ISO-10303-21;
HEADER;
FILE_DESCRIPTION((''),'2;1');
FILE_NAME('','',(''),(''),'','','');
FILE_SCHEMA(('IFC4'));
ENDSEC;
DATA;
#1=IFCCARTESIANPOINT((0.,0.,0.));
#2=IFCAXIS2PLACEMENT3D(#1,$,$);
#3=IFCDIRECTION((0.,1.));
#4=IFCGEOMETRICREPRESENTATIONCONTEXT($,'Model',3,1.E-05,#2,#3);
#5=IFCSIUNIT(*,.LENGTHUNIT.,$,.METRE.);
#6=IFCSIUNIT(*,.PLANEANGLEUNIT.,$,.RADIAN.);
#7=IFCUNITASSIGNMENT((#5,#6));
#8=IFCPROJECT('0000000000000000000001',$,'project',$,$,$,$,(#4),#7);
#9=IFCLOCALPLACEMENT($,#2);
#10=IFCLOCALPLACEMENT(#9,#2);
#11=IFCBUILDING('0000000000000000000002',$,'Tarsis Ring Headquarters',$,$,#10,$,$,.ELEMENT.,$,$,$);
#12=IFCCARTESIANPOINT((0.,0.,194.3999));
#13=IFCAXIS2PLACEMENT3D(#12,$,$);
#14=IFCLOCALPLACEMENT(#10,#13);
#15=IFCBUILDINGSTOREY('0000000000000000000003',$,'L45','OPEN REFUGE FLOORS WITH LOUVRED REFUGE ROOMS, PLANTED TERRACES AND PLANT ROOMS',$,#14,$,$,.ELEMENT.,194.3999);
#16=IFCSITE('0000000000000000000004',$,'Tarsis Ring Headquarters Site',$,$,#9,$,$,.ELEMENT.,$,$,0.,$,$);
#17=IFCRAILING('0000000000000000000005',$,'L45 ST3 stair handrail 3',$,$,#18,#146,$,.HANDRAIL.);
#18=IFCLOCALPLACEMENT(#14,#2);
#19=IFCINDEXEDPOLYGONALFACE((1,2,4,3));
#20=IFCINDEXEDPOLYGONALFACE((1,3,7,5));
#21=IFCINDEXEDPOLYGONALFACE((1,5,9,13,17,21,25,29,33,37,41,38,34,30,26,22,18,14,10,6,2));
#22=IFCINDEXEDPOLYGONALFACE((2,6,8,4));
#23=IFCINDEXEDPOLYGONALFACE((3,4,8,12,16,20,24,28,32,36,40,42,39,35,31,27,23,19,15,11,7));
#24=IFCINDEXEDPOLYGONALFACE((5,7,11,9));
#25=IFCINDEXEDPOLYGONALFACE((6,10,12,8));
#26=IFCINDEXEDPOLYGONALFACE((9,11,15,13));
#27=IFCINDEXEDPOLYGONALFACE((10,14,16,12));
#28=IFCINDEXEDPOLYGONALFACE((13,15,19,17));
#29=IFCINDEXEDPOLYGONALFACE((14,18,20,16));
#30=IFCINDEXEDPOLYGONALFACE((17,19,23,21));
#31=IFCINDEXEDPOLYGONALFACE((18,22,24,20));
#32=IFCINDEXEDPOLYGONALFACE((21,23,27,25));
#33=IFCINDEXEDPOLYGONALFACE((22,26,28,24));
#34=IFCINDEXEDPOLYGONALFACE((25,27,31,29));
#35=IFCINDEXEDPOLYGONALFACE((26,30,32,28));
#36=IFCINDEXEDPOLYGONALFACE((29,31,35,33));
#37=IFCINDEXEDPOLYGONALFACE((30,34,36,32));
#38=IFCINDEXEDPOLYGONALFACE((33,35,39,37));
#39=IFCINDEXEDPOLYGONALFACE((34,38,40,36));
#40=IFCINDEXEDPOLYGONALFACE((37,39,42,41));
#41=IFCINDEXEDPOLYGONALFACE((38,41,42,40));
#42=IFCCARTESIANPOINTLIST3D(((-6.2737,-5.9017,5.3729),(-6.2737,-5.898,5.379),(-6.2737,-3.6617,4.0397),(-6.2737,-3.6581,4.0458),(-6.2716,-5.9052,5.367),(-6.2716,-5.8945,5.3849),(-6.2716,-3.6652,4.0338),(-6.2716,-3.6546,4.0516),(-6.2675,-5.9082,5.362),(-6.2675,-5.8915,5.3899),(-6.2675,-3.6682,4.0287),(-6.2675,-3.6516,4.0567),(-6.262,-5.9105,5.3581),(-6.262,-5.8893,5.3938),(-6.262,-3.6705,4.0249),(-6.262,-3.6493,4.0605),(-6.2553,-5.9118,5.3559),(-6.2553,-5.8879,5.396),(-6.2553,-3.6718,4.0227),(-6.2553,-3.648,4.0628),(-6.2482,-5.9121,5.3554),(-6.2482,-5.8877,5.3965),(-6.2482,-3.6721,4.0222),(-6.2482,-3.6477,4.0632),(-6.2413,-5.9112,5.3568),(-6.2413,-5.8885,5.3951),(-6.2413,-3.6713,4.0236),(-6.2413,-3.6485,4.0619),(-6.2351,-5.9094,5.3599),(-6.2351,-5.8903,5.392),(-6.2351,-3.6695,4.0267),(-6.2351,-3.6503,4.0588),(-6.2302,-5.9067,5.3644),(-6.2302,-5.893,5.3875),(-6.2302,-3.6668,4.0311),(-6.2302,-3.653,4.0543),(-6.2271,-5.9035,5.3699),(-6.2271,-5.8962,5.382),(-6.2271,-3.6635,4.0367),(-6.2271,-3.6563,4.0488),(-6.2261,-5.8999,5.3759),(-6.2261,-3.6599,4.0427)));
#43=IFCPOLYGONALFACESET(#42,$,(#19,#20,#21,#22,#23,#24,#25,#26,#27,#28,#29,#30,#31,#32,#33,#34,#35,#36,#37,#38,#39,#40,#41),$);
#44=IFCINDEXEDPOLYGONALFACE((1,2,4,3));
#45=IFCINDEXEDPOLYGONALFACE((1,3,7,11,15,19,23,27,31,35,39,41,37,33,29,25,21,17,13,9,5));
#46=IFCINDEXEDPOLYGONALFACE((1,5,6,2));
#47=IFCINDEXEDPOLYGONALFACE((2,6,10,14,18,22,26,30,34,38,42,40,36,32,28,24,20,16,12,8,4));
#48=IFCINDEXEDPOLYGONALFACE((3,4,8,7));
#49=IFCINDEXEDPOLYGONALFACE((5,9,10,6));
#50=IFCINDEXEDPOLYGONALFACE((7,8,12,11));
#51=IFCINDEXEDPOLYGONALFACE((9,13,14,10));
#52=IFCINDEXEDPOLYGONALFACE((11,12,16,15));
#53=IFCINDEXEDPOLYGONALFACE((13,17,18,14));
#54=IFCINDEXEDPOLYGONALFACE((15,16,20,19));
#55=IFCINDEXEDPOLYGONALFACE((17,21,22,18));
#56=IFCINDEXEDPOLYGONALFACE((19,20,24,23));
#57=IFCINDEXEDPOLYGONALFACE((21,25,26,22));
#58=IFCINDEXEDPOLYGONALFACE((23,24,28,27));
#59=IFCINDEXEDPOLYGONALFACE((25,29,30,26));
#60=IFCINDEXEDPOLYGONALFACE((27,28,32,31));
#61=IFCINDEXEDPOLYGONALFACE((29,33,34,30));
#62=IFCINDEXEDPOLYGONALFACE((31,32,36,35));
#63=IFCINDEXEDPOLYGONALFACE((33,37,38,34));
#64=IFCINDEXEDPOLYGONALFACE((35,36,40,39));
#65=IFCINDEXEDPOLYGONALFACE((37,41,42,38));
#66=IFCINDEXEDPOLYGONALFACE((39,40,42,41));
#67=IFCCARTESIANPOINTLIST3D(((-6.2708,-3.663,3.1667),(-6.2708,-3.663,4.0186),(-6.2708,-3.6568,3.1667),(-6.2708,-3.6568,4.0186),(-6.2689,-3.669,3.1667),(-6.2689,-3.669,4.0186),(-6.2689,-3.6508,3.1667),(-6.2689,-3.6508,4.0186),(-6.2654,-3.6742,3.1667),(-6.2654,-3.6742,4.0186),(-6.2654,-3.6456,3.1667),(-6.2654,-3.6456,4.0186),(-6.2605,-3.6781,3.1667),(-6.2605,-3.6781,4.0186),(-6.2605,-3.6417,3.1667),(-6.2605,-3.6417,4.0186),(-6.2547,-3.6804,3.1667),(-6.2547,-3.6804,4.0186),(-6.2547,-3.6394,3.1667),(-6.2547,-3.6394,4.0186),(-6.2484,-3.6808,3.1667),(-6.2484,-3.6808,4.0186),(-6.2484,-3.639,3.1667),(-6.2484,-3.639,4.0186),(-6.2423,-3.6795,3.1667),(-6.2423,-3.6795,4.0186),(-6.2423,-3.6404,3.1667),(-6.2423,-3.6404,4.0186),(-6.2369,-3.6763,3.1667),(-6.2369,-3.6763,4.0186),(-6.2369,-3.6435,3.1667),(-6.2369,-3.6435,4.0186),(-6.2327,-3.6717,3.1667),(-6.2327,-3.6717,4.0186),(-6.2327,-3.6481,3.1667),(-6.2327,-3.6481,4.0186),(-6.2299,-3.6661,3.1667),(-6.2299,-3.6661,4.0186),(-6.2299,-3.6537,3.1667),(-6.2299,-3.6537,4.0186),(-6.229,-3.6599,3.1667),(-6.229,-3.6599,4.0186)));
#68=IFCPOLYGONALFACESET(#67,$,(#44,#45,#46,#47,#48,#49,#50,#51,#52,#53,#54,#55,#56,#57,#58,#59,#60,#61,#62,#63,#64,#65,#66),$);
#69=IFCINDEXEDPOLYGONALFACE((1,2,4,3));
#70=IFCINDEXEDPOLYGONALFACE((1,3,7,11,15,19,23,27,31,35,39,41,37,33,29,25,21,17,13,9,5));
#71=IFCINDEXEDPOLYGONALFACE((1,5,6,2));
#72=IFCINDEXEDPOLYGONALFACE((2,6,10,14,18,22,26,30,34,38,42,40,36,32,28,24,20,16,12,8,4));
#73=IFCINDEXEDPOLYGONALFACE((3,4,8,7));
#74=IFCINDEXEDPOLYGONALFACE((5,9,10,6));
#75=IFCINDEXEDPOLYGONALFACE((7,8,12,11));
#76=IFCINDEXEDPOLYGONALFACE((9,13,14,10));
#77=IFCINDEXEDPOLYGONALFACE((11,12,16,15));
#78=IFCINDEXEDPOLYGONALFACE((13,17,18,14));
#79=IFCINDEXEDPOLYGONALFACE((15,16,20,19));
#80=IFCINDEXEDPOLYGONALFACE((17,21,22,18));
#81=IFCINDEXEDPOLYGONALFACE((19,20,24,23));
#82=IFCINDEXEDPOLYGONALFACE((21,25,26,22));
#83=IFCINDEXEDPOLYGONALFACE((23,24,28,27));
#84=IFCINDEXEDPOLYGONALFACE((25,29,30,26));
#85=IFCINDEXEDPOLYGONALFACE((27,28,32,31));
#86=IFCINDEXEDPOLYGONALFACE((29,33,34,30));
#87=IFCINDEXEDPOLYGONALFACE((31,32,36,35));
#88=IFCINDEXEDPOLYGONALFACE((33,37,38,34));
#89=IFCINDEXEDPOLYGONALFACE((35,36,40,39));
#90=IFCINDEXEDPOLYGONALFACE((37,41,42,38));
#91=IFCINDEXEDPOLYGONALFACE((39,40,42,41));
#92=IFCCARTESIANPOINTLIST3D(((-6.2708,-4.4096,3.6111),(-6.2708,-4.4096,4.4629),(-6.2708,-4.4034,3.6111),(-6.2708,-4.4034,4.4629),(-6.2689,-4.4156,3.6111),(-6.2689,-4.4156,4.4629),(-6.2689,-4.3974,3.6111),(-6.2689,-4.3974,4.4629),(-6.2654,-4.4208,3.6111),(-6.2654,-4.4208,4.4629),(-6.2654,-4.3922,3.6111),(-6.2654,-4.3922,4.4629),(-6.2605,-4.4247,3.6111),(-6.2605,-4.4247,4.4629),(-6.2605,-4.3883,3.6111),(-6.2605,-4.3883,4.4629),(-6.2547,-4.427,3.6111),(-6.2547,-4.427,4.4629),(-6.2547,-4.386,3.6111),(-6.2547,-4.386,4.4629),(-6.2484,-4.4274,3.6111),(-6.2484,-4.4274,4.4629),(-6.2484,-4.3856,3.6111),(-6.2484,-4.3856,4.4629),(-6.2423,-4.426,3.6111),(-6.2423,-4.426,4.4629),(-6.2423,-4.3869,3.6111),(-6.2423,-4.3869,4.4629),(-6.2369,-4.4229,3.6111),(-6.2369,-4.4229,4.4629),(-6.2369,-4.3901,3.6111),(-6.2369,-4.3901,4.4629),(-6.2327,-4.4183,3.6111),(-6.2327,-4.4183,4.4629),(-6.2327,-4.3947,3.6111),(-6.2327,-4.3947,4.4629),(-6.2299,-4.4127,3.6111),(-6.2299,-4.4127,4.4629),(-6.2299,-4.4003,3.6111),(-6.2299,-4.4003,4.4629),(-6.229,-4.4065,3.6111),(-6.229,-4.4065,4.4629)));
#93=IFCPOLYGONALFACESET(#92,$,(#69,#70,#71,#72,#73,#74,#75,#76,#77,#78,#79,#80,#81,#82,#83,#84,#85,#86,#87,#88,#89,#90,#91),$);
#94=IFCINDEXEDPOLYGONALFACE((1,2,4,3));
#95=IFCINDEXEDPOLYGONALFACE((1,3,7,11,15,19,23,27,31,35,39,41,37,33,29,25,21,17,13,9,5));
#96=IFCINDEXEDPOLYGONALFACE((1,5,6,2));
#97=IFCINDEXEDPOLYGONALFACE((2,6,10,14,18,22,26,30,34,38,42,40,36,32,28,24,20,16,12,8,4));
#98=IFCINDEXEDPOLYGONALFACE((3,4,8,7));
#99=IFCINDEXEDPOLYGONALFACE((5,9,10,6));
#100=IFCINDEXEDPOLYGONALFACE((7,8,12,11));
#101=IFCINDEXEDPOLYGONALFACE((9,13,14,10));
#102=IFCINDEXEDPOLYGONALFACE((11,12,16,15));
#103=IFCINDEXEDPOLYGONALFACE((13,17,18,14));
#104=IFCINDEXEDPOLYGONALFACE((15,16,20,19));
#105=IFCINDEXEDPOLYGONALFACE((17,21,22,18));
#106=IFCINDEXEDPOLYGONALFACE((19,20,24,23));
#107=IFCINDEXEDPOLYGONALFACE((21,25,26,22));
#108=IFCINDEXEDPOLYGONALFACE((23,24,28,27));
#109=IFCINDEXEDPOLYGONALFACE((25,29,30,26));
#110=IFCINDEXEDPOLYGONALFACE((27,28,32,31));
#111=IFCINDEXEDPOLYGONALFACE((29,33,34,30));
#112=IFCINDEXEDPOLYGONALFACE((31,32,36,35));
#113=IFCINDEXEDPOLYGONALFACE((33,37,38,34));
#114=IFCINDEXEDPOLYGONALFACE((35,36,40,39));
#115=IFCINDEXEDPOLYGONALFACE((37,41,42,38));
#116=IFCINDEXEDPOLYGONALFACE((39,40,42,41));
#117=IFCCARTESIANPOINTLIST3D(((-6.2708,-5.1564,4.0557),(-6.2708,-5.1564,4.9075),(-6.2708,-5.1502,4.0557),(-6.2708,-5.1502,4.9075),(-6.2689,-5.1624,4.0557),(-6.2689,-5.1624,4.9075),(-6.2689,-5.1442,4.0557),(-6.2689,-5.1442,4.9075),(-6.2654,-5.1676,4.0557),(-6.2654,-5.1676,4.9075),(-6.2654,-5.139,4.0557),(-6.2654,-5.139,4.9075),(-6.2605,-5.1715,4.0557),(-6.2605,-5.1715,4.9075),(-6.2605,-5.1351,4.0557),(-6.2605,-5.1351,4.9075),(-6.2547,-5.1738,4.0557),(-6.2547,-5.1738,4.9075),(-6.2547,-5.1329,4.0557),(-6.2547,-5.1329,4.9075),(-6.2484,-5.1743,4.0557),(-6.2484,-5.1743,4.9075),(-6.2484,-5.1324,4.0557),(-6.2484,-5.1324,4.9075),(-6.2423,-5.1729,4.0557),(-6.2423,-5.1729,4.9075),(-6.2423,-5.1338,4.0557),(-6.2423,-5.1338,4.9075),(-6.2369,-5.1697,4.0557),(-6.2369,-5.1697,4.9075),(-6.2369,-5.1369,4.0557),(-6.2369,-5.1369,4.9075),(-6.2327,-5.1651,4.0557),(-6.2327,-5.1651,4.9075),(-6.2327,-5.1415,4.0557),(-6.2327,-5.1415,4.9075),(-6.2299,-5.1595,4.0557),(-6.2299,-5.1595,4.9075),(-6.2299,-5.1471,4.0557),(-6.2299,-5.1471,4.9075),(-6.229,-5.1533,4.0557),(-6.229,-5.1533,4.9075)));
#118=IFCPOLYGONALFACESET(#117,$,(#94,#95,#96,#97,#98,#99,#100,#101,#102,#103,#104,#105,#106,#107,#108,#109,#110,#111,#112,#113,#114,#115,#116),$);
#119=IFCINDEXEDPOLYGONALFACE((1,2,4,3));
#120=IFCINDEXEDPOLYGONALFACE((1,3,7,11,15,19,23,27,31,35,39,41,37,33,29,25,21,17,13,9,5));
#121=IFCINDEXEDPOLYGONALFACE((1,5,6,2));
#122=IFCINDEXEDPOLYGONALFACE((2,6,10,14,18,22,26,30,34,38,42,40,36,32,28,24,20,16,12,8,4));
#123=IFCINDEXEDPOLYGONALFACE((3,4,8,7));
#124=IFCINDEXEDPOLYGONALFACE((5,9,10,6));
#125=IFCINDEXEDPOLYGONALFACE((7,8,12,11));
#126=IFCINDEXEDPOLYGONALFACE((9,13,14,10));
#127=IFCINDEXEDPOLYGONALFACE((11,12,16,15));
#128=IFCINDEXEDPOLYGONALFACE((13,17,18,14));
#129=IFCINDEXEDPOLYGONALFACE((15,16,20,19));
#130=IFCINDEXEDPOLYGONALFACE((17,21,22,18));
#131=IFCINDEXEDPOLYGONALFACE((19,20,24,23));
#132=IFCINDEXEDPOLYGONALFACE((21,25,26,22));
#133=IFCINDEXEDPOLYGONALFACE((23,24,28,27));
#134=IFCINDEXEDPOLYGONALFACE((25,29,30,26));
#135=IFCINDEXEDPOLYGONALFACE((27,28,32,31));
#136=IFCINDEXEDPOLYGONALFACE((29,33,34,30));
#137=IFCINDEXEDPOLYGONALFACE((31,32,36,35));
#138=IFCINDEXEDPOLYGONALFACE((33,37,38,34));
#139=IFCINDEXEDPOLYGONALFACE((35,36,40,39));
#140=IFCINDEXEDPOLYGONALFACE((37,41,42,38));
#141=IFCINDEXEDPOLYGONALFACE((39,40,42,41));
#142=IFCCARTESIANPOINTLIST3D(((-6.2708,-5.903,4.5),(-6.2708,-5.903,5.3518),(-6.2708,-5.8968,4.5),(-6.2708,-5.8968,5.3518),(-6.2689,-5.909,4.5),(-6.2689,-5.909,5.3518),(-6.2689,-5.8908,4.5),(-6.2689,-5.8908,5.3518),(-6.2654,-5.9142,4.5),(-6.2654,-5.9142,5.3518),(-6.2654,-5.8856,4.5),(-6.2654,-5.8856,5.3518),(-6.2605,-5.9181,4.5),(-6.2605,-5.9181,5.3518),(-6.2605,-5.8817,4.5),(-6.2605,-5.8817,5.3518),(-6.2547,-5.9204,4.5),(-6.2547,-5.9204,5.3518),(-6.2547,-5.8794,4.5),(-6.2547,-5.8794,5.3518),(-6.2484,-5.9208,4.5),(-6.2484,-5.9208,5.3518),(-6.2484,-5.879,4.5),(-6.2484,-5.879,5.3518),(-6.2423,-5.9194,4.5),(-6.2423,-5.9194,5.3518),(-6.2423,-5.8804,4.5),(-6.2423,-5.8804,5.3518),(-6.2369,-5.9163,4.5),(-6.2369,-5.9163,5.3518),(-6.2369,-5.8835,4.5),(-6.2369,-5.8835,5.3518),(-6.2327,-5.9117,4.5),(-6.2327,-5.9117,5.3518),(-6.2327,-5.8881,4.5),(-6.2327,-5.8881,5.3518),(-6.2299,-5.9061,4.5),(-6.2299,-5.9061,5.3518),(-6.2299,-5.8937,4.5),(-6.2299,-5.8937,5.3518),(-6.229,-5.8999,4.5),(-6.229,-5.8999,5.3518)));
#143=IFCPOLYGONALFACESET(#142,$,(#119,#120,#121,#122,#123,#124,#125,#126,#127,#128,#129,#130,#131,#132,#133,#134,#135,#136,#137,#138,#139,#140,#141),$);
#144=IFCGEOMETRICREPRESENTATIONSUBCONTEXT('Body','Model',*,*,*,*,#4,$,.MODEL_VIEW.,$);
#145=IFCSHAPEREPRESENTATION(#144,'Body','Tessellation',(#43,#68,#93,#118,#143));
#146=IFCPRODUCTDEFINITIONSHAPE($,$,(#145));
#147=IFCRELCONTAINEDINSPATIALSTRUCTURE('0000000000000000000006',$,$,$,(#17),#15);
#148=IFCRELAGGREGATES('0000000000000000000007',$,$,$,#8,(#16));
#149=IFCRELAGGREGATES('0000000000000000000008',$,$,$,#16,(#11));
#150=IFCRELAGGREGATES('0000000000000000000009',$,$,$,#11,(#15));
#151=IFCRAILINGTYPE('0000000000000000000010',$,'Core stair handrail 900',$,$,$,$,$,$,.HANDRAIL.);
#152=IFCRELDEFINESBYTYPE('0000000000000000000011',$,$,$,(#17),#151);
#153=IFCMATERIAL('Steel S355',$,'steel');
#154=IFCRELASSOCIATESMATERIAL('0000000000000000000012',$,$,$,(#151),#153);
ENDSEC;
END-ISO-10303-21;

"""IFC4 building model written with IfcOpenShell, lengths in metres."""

from ifc_helpers import new_model, si_unit, direction, frame, origin, origin_2d, place, context, subcontext, project, spatial, circle, extrude, material, type_object, element, save


model = new_model("IFC4")

# Units and contexts
model_context = context("Model", 3, precision=1e-05, world=origin(), true_north=direction((0.0, 1.0)))
body_context = subcontext(model_context, "Body", "Model", "MODEL_VIEW")
ifc_project = project(units=[si_unit("LENGTHUNIT", "METRE"), si_unit("PLANEANGLEUNIT", "RADIAN")], contexts=[model_context])

# Site, building, storey
site_placement = place(None, origin())
site = spatial("IfcSite", under=ifc_project, at=site_placement, Name="Tarsis Ring Headquarters Site", CompositionType="ELEMENT", RefElevation=0.0)
building_placement = place(site_placement, origin())
building = spatial("IfcBuilding", under=site, at=building_placement, Name="Tarsis Ring Headquarters", CompositionType="ELEMENT")
storey_placement = place(building_placement, frame((0.0, 0.0, 194.3999)))
storey = spatial("IfcBuildingStorey", under=building, at=storey_placement, Name="L45", Description="OPEN REFUGE FLOORS WITH LOUVRED REFUGE ROOMS, PLANTED TERRACES AND PLANT ROOMS", CompositionType="ELEMENT", Elevation=194.3999)

# Shared definitions
ifc_material_1 = material(Name="Steel S355", Category="steel")

# Railing
railing_type = type_object("IfcRailingType", Name="Core stair handrail 900", PredefinedType="HANDRAIL", material=ifc_material_1)
for number, where, name in (
    (1, (-6.25, -3.6599, 3.1667), "L45 ST3 stair handrail 3"),
):
    element("IfcRailing", number, at=place(storey_placement, frame(where)), inside=storey, type_object=railing_type, Name=name, PredefinedType="HANDRAIL", context=body_context, shape_type="SweptSolid", body=[
        extrude(circle(Radius=0.0239, at=origin_2d()), frame((0.0, 0.0, 0.876), z_axis=(0.0, -0.859306, 0.511462), x_axis=(1.0, 0.0, 0.0)), (0.0, 0.0, 1.0), 2.6067),
        extrude(circle(Radius=0.021, at=origin_2d()), origin(), (0.0, 0.0, 1.0), 0.8518),
        extrude(circle(Radius=0.021, at=origin_2d()), frame((0.0, -0.7466, 0.4443)), (0.0, 0.0, 1.0), 0.8518),
        extrude(circle(Radius=0.021, at=origin_2d()), frame((0.0, -1.4934, 0.8889)), (0.0, 0.0, 1.0), 0.8518),
        extrude(circle(Radius=0.021, at=origin_2d()), frame((0.0, -2.24, 1.3333)), (0.0, 0.0, 1.0), 0.8518),
    ])

save(model, "model.ifc")
